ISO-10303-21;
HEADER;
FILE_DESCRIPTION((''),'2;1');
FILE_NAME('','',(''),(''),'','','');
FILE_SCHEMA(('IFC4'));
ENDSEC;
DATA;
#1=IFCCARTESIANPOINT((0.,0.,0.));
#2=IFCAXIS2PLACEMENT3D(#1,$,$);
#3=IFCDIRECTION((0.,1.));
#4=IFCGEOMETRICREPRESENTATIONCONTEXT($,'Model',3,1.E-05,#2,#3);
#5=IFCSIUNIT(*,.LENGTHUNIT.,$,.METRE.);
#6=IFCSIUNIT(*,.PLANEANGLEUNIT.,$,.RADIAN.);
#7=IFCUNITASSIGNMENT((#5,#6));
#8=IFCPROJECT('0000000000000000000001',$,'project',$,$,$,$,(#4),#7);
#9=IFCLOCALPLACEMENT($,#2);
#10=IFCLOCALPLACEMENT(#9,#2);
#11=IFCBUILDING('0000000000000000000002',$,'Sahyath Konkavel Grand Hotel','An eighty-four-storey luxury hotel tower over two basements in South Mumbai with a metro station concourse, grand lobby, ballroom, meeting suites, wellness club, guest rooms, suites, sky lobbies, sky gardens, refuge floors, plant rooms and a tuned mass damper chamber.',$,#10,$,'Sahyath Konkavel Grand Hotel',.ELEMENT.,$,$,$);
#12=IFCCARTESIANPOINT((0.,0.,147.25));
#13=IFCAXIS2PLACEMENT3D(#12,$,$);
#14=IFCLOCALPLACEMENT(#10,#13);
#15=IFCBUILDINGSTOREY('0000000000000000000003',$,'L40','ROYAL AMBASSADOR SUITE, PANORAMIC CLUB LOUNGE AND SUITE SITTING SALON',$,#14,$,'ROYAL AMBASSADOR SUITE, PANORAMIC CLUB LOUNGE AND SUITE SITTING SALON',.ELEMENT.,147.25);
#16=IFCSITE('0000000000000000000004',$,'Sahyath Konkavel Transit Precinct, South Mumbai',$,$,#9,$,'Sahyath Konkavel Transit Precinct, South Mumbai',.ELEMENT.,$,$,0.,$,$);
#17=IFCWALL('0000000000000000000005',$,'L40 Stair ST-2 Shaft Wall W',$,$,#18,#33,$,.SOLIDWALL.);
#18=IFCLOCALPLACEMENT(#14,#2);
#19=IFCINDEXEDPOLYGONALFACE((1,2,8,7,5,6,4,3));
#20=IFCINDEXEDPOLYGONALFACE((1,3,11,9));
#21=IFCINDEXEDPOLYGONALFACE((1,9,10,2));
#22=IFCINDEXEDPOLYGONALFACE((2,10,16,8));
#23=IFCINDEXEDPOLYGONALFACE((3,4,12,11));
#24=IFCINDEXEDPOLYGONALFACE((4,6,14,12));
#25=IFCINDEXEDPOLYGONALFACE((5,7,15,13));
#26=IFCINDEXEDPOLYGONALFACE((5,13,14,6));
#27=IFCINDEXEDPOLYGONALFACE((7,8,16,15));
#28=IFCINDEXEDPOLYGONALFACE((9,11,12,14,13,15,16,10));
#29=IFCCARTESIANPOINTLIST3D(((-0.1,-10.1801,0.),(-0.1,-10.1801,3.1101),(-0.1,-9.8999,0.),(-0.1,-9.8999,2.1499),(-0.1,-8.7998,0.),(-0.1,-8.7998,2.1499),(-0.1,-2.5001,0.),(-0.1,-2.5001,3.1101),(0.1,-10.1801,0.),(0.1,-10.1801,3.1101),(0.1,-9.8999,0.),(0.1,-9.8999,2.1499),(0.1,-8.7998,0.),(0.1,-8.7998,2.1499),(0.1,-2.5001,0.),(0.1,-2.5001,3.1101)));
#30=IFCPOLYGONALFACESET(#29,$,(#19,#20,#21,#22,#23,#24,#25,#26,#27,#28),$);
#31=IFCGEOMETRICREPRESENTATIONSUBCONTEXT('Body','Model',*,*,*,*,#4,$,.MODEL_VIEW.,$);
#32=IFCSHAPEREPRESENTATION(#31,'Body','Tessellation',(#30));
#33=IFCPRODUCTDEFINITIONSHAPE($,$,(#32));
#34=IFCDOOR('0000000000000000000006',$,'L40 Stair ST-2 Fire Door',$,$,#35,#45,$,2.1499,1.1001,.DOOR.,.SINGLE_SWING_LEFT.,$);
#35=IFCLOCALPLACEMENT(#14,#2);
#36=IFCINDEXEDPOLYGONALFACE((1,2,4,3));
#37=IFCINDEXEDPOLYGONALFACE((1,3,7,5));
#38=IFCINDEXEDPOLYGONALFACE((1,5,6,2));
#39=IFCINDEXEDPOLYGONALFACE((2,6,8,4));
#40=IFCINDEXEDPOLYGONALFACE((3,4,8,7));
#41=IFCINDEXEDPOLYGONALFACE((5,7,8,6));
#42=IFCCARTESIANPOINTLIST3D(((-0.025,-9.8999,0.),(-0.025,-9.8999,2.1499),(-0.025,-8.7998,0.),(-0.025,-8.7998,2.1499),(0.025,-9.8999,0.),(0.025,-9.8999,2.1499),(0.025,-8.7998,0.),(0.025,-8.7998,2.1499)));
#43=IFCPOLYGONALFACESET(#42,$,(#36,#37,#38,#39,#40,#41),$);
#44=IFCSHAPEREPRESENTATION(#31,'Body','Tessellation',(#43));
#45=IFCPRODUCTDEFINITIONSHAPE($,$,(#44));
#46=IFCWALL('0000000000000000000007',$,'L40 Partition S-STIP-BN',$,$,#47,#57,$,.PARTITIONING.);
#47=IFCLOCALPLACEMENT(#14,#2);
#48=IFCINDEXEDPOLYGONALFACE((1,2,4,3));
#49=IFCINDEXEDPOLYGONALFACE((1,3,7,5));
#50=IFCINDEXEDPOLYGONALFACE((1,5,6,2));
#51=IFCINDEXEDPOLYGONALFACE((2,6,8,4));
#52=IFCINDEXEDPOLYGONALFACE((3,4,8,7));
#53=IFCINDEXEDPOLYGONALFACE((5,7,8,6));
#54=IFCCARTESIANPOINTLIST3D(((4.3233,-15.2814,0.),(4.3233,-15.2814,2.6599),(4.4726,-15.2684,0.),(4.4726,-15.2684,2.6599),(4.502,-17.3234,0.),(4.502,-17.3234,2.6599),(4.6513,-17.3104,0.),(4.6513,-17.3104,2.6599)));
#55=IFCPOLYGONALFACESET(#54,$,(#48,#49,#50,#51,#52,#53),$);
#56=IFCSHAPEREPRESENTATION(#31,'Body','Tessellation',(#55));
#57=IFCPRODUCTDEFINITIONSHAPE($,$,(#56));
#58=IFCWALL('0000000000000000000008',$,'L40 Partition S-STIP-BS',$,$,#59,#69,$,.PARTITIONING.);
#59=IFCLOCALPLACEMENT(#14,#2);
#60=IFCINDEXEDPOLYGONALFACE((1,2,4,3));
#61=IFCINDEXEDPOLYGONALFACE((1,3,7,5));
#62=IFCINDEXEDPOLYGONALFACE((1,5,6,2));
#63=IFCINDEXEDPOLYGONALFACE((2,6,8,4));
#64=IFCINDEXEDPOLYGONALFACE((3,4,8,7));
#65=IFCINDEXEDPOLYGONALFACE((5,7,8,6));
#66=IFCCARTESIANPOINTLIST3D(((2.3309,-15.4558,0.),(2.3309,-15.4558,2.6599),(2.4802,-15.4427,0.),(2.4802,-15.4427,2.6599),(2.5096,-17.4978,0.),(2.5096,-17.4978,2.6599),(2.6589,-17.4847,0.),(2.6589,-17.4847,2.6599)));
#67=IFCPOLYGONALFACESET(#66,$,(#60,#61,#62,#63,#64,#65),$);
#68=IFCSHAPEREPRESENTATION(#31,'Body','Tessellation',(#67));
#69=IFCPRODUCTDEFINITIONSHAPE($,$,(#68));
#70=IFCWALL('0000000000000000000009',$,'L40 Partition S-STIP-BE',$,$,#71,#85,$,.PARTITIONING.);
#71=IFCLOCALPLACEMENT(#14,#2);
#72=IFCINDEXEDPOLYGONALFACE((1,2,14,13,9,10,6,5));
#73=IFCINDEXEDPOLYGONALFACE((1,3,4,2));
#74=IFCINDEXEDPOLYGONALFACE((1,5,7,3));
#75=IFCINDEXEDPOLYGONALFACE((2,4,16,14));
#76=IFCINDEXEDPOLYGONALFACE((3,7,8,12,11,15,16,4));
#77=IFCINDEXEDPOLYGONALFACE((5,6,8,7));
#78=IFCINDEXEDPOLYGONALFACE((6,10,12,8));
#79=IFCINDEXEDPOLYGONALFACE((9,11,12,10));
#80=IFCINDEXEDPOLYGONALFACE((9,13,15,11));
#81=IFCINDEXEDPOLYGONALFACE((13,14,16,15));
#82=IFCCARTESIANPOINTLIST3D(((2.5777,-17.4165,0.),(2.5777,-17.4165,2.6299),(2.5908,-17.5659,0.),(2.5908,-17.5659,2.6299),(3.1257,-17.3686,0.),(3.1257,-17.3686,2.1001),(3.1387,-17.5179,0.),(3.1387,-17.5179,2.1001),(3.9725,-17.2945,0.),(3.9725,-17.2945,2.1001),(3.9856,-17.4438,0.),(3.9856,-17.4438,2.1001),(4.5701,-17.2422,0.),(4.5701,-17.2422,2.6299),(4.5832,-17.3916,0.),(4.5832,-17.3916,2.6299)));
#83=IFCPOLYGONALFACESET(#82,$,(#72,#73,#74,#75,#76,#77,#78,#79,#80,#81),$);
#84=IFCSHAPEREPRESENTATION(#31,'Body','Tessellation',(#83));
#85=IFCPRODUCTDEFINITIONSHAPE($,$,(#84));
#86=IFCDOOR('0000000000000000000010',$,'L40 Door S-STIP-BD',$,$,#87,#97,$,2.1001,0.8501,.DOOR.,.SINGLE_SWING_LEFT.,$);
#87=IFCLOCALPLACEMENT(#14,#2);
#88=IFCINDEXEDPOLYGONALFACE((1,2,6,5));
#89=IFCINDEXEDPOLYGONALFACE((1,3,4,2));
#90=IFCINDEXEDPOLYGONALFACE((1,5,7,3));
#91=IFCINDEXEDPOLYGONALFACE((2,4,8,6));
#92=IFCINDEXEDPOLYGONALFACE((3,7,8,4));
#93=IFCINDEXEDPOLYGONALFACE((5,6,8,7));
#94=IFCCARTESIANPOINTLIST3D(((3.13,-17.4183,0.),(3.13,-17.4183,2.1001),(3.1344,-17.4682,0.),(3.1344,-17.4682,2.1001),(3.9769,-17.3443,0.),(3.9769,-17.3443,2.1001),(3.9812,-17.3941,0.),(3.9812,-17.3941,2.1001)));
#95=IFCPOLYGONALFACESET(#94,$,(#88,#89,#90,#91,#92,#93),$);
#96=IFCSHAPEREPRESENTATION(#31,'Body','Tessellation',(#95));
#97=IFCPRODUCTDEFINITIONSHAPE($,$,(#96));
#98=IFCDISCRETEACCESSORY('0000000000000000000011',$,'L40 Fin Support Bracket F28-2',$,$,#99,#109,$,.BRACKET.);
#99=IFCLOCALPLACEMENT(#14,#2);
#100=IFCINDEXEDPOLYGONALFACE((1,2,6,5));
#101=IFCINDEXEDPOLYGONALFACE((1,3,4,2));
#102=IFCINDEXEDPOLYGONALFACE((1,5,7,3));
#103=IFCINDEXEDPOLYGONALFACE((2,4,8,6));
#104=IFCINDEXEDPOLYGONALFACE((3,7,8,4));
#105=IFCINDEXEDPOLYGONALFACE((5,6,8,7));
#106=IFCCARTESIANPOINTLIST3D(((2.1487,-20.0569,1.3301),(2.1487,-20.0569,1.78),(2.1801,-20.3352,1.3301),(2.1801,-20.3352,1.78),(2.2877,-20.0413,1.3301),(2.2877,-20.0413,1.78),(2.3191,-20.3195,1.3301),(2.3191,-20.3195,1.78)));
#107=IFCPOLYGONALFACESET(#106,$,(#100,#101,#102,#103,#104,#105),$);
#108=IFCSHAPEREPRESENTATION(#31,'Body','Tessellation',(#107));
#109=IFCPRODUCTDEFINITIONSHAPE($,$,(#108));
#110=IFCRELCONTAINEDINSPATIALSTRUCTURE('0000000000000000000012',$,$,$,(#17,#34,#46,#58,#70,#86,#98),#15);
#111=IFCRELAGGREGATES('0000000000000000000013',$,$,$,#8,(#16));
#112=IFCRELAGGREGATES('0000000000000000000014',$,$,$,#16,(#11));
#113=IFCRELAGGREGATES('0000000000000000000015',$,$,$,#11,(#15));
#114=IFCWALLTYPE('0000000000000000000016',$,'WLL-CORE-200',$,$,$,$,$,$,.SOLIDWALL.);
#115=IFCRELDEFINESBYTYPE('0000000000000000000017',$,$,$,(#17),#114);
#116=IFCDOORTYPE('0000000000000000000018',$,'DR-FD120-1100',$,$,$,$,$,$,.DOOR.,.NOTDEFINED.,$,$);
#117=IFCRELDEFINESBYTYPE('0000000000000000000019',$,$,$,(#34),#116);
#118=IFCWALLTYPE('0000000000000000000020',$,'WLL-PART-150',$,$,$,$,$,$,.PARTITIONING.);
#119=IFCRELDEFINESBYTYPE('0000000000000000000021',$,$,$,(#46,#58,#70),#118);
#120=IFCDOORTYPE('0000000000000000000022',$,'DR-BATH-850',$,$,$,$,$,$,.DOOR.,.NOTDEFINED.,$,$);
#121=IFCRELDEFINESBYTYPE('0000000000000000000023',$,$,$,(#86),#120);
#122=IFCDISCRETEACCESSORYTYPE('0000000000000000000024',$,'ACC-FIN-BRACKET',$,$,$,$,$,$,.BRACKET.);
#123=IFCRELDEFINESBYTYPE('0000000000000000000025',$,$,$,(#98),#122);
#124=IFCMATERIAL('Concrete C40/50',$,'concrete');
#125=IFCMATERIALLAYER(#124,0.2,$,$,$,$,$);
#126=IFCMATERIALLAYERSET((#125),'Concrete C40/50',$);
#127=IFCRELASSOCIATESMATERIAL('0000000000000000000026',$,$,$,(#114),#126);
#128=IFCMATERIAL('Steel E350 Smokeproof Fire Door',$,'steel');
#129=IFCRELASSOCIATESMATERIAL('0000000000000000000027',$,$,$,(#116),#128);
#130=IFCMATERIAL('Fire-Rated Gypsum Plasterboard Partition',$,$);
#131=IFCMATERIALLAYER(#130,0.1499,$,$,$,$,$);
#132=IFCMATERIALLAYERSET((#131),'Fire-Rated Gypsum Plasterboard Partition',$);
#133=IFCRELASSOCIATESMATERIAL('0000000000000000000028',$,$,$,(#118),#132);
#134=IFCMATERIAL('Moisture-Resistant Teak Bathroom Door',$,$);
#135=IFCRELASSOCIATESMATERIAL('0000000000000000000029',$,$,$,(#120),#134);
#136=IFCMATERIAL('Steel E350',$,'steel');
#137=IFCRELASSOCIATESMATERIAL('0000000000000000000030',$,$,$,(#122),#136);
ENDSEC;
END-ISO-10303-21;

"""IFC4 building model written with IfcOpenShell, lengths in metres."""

from ifc_helpers import new_model, si_unit, direction, frame, frame_2d, origin, origin_2d, place, context, subcontext, project, spatial, rectangle, extrude, source, transform, mapped, material, layer, layer_set, type_object, element, fill, save


model = new_model("IFC4")

# Units and contexts
model_context = context("Model", 3, precision=1e-05, world=origin(), true_north=direction((0.0, 1.0)))
body_context = subcontext(model_context, "Body", "Model", "MODEL_VIEW")
ifc_project = project(units=[si_unit("LENGTHUNIT", "METRE"), si_unit("PLANEANGLEUNIT", "RADIAN")], contexts=[model_context])

# Site, building, storey
site_placement = place(None, origin())
site = spatial("IfcSite", under=ifc_project, at=site_placement, Name="Sahyath Konkavel Transit Precinct, South Mumbai", LongName="Sahyath Konkavel Transit Precinct, South Mumbai", CompositionType="ELEMENT", RefElevation=0.0)
building_placement = place(site_placement, origin())
building = spatial("IfcBuilding", under=site, at=building_placement, Name="Sahyath Konkavel Grand Hotel", Description="An eighty-four-storey luxury hotel tower over two basements in South Mumbai with a metro station concourse, grand lobby, ballroom, meeting suites, wellness club, guest rooms, suites, sky lobbies, sky gardens, refuge floors, plant rooms and a tuned mass damper chamber.", LongName="Sahyath Konkavel Grand Hotel", CompositionType="ELEMENT")
storey_placement = place(building_placement, frame((0.0, 0.0, 147.25)))
storey = spatial("IfcBuildingStorey", under=building, at=storey_placement, Name="L40", Description="ROYAL AMBASSADOR SUITE, PANORAMIC CLUB LOUNGE AND SUITE SITTING SALON", LongName="ROYAL AMBASSADOR SUITE, PANORAMIC CLUB LOUNGE AND SUITE SITTING SALON", CompositionType="ELEMENT", Elevation=147.25)

# Shared definitions
ifc_material_1 = material(Name="Concrete C40/50", Category="concrete")

# Shared definitions
ifc_material_2 = material(Name="Steel E350", Category="steel")

# Wall, opening, door
ifc_layer_1 = layer(ifc_material_1, 0.2)
ifc_layer_set_1 = layer_set([ifc_layer_1], Name="Concrete C40/50")
wall_type_1 = type_object("IfcWallType", Name="WLL-CORE-200", PredefinedType="SOLIDWALL", material=ifc_layer_set_1)
wall_1_placement = place(storey_placement, frame((0.0, -10.1799, 0.0), z_axis=(0.0, 0.0, 1.0), x_axis=(0.0, 1.0, 0.0)))
wall_1 = element("IfcWall", 1, at=wall_1_placement, inside=storey, type_object=wall_type_1, Name="L40 Stair ST-2 Shaft Wall W", PredefinedType="SOLIDWALL", context=body_context, shape_type="SweptSolid", body=[
    extrude(rectangle(XDim=7.6799, YDim=0.2, at=frame_2d((3.8398, 0.0))), origin(), (0.0, 0.0, 1.0), 3.1101),
])
opening_1_placement = place(wall_1_placement, frame((0.28, 0.0, 0.0)))
opening_1 = element("IfcOpeningElement", 2, at=opening_1_placement, cuts=wall_1, PredefinedType="OPENING", context=body_context, shape_type="SweptSolid", body=[
    extrude(rectangle(XDim=1.1001, YDim=2.1499, at=frame_2d((0.55, 1.075))), frame((0.0, 0.1099, 0.0), z_axis=(0.0, -1.0, 0.0), x_axis=(1.0, 0.0, 0.0)), (0.0, 0.0, 1.0), 0.22),
])
ifc_material_3 = material(Name="Steel E350 Smokeproof Fire Door", Category="steel")
door_type_1 = type_object("IfcDoorType", Name="DR-FD120-1100", OperationType="NOTDEFINED", PredefinedType="DOOR", material=ifc_material_3)
shared_shape_1 = source(origin(), body_context, "Body", "SweptSolid", [
    extrude(rectangle(XDim=1.1001, YDim=0.05, at=origin_2d()), origin(), (0.0, 0.0, 1.0), 2.1499),
])
door_1_placement = place(opening_1_placement, frame((0.55, 0.0, 0.0)))
door_1 = element("IfcDoor", 3, at=door_1_placement, inside=storey, type_object=door_type_1, Name="L40 Stair ST-2 Fire Door", OperationType="SINGLE_SWING_LEFT", OverallHeight=2.1499, OverallWidth=1.1001, PredefinedType="DOOR", context=body_context, shape_type="MappedRepresentation", body=[
    mapped(shared_shape_1, transform((0.0, 0.0, 0.0), scale=1.0)),
])
fill(opening_1, door_1)

# Walls
ifc_material_4 = material(Name="Fire-Rated Gypsum Plasterboard Partition")
ifc_layer_2 = layer(ifc_material_4, 0.1499)
ifc_layer_set_2 = layer_set([ifc_layer_2], Name="Fire-Rated Gypsum Plasterboard Partition")
wall_type_2 = type_object("IfcWallType", Name="WLL-PART-150", PredefinedType="PARTITIONING", material=ifc_layer_set_2)
for number, where, z_axis, x_axis, name in (
    (4, (4.3979, -15.2749, 0.0), (0.0, 0.0, 1.0), (0.087185, -0.996192, 0.0), "L40 Partition S-STIP-BN"),
    (5, (2.4055, -15.4492, 0.0), (0.0, 0.0, 1.0), (0.087185, -0.996192, 0.0), "L40 Partition S-STIP-BS"),
):
    element("IfcWall", number, at=place(storey_placement, frame(where, z_axis=z_axis, x_axis=x_axis)), inside=storey, type_object=wall_type_2, Name=name, PredefinedType="PARTITIONING", context=body_context, shape_type="SweptSolid", body=[
        extrude(rectangle(XDim=2.0498, YDim=0.1499, at=frame_2d((1.0249, 0.0))), origin(), (0.0, 0.0, 1.0), 2.6599),
    ])

# Wall, opening, door
wall_2_placement = place(storey_placement, frame((2.5842, -17.4912, 0.0), z_axis=(0.0, 0.0, 1.0), x_axis=(0.996195, 0.087156, 0.0)))
wall_2 = element("IfcWall", 6, at=wall_2_placement, inside=storey, type_object=wall_type_2, Name="L40 Partition S-STIP-BE", PredefinedType="PARTITIONING", context=body_context, shape_type="SweptSolid", body=[
    extrude(rectangle(XDim=2.0, YDim=0.1499, at=frame_2d((1.0, 0.0))), origin(), (0.0, 0.0, 1.0), 2.6299),
])
opening_2_placement = place(wall_2_placement, frame((0.55, 0.0, 0.0)))
opening_2 = element("IfcOpeningElement", 7, at=opening_2_placement, cuts=wall_2, PredefinedType="OPENING", context=body_context, shape_type="SweptSolid", body=[
    extrude(rectangle(XDim=0.8501, YDim=2.1001, at=frame_2d((0.425, 1.05))), frame((0.0, 0.085, 0.0), z_axis=(0.0, -1.0, 0.0), x_axis=(1.0, 0.0, 0.0)), (0.0, 0.0, 1.0), 0.1699),
])
ifc_material_5 = material(Name="Moisture-Resistant Teak Bathroom Door")
door_type_2 = type_object("IfcDoorType", Name="DR-BATH-850", OperationType="NOTDEFINED", PredefinedType="DOOR", material=ifc_material_5)
shared_shape_2 = source(origin(), body_context, "Body", "SweptSolid", [
    extrude(rectangle(XDim=0.8501, YDim=0.05, at=origin_2d()), origin(), (0.0, 0.0, 1.0), 2.1001),
])
door_2_placement = place(opening_2_placement, frame((0.425, 0.0, 0.0)))
door_2 = element("IfcDoor", 8, at=door_2_placement, inside=storey, type_object=door_type_2, Name="L40 Door S-STIP-BD", OperationType="SINGLE_SWING_LEFT", OverallHeight=2.1001, OverallWidth=0.8501, PredefinedType="DOOR", context=body_context, shape_type="MappedRepresentation", body=[
    mapped(shared_shape_2, transform((0.0, 0.0, 0.0), scale=1.0)),
])
fill(opening_2, door_2)

# Discrete accessory
discrete_accessory_type = type_object("IfcDiscreteAccessoryType", Name="ACC-FIN-BRACKET", PredefinedType="BRACKET", material=ifc_material_2)
shared_shape_3 = source(origin(), body_context, "Body", "SweptSolid", [
    extrude(rectangle(XDim=0.28, YDim=0.1399, at=origin_2d()), origin(), (0.0, 0.0, 1.0), 0.45),
])
discrete_accessory_placement = place(storey_placement, frame((2.2339, -20.1882, 1.3301), z_axis=(0.0, 0.0, 1.0), x_axis=(0.112007, -0.993707, 0.0)))
element("IfcDiscreteAccessory", 9, at=discrete_accessory_placement, inside=storey, type_object=discrete_accessory_type, Name="L40 Fin Support Bracket F28-2", PredefinedType="BRACKET", context=body_context, shape_type="MappedRepresentation", body=[
    mapped(shared_shape_3, transform((0.0, 0.0, 0.0), scale=1.0)),
])

save(model, "model.ifc")
